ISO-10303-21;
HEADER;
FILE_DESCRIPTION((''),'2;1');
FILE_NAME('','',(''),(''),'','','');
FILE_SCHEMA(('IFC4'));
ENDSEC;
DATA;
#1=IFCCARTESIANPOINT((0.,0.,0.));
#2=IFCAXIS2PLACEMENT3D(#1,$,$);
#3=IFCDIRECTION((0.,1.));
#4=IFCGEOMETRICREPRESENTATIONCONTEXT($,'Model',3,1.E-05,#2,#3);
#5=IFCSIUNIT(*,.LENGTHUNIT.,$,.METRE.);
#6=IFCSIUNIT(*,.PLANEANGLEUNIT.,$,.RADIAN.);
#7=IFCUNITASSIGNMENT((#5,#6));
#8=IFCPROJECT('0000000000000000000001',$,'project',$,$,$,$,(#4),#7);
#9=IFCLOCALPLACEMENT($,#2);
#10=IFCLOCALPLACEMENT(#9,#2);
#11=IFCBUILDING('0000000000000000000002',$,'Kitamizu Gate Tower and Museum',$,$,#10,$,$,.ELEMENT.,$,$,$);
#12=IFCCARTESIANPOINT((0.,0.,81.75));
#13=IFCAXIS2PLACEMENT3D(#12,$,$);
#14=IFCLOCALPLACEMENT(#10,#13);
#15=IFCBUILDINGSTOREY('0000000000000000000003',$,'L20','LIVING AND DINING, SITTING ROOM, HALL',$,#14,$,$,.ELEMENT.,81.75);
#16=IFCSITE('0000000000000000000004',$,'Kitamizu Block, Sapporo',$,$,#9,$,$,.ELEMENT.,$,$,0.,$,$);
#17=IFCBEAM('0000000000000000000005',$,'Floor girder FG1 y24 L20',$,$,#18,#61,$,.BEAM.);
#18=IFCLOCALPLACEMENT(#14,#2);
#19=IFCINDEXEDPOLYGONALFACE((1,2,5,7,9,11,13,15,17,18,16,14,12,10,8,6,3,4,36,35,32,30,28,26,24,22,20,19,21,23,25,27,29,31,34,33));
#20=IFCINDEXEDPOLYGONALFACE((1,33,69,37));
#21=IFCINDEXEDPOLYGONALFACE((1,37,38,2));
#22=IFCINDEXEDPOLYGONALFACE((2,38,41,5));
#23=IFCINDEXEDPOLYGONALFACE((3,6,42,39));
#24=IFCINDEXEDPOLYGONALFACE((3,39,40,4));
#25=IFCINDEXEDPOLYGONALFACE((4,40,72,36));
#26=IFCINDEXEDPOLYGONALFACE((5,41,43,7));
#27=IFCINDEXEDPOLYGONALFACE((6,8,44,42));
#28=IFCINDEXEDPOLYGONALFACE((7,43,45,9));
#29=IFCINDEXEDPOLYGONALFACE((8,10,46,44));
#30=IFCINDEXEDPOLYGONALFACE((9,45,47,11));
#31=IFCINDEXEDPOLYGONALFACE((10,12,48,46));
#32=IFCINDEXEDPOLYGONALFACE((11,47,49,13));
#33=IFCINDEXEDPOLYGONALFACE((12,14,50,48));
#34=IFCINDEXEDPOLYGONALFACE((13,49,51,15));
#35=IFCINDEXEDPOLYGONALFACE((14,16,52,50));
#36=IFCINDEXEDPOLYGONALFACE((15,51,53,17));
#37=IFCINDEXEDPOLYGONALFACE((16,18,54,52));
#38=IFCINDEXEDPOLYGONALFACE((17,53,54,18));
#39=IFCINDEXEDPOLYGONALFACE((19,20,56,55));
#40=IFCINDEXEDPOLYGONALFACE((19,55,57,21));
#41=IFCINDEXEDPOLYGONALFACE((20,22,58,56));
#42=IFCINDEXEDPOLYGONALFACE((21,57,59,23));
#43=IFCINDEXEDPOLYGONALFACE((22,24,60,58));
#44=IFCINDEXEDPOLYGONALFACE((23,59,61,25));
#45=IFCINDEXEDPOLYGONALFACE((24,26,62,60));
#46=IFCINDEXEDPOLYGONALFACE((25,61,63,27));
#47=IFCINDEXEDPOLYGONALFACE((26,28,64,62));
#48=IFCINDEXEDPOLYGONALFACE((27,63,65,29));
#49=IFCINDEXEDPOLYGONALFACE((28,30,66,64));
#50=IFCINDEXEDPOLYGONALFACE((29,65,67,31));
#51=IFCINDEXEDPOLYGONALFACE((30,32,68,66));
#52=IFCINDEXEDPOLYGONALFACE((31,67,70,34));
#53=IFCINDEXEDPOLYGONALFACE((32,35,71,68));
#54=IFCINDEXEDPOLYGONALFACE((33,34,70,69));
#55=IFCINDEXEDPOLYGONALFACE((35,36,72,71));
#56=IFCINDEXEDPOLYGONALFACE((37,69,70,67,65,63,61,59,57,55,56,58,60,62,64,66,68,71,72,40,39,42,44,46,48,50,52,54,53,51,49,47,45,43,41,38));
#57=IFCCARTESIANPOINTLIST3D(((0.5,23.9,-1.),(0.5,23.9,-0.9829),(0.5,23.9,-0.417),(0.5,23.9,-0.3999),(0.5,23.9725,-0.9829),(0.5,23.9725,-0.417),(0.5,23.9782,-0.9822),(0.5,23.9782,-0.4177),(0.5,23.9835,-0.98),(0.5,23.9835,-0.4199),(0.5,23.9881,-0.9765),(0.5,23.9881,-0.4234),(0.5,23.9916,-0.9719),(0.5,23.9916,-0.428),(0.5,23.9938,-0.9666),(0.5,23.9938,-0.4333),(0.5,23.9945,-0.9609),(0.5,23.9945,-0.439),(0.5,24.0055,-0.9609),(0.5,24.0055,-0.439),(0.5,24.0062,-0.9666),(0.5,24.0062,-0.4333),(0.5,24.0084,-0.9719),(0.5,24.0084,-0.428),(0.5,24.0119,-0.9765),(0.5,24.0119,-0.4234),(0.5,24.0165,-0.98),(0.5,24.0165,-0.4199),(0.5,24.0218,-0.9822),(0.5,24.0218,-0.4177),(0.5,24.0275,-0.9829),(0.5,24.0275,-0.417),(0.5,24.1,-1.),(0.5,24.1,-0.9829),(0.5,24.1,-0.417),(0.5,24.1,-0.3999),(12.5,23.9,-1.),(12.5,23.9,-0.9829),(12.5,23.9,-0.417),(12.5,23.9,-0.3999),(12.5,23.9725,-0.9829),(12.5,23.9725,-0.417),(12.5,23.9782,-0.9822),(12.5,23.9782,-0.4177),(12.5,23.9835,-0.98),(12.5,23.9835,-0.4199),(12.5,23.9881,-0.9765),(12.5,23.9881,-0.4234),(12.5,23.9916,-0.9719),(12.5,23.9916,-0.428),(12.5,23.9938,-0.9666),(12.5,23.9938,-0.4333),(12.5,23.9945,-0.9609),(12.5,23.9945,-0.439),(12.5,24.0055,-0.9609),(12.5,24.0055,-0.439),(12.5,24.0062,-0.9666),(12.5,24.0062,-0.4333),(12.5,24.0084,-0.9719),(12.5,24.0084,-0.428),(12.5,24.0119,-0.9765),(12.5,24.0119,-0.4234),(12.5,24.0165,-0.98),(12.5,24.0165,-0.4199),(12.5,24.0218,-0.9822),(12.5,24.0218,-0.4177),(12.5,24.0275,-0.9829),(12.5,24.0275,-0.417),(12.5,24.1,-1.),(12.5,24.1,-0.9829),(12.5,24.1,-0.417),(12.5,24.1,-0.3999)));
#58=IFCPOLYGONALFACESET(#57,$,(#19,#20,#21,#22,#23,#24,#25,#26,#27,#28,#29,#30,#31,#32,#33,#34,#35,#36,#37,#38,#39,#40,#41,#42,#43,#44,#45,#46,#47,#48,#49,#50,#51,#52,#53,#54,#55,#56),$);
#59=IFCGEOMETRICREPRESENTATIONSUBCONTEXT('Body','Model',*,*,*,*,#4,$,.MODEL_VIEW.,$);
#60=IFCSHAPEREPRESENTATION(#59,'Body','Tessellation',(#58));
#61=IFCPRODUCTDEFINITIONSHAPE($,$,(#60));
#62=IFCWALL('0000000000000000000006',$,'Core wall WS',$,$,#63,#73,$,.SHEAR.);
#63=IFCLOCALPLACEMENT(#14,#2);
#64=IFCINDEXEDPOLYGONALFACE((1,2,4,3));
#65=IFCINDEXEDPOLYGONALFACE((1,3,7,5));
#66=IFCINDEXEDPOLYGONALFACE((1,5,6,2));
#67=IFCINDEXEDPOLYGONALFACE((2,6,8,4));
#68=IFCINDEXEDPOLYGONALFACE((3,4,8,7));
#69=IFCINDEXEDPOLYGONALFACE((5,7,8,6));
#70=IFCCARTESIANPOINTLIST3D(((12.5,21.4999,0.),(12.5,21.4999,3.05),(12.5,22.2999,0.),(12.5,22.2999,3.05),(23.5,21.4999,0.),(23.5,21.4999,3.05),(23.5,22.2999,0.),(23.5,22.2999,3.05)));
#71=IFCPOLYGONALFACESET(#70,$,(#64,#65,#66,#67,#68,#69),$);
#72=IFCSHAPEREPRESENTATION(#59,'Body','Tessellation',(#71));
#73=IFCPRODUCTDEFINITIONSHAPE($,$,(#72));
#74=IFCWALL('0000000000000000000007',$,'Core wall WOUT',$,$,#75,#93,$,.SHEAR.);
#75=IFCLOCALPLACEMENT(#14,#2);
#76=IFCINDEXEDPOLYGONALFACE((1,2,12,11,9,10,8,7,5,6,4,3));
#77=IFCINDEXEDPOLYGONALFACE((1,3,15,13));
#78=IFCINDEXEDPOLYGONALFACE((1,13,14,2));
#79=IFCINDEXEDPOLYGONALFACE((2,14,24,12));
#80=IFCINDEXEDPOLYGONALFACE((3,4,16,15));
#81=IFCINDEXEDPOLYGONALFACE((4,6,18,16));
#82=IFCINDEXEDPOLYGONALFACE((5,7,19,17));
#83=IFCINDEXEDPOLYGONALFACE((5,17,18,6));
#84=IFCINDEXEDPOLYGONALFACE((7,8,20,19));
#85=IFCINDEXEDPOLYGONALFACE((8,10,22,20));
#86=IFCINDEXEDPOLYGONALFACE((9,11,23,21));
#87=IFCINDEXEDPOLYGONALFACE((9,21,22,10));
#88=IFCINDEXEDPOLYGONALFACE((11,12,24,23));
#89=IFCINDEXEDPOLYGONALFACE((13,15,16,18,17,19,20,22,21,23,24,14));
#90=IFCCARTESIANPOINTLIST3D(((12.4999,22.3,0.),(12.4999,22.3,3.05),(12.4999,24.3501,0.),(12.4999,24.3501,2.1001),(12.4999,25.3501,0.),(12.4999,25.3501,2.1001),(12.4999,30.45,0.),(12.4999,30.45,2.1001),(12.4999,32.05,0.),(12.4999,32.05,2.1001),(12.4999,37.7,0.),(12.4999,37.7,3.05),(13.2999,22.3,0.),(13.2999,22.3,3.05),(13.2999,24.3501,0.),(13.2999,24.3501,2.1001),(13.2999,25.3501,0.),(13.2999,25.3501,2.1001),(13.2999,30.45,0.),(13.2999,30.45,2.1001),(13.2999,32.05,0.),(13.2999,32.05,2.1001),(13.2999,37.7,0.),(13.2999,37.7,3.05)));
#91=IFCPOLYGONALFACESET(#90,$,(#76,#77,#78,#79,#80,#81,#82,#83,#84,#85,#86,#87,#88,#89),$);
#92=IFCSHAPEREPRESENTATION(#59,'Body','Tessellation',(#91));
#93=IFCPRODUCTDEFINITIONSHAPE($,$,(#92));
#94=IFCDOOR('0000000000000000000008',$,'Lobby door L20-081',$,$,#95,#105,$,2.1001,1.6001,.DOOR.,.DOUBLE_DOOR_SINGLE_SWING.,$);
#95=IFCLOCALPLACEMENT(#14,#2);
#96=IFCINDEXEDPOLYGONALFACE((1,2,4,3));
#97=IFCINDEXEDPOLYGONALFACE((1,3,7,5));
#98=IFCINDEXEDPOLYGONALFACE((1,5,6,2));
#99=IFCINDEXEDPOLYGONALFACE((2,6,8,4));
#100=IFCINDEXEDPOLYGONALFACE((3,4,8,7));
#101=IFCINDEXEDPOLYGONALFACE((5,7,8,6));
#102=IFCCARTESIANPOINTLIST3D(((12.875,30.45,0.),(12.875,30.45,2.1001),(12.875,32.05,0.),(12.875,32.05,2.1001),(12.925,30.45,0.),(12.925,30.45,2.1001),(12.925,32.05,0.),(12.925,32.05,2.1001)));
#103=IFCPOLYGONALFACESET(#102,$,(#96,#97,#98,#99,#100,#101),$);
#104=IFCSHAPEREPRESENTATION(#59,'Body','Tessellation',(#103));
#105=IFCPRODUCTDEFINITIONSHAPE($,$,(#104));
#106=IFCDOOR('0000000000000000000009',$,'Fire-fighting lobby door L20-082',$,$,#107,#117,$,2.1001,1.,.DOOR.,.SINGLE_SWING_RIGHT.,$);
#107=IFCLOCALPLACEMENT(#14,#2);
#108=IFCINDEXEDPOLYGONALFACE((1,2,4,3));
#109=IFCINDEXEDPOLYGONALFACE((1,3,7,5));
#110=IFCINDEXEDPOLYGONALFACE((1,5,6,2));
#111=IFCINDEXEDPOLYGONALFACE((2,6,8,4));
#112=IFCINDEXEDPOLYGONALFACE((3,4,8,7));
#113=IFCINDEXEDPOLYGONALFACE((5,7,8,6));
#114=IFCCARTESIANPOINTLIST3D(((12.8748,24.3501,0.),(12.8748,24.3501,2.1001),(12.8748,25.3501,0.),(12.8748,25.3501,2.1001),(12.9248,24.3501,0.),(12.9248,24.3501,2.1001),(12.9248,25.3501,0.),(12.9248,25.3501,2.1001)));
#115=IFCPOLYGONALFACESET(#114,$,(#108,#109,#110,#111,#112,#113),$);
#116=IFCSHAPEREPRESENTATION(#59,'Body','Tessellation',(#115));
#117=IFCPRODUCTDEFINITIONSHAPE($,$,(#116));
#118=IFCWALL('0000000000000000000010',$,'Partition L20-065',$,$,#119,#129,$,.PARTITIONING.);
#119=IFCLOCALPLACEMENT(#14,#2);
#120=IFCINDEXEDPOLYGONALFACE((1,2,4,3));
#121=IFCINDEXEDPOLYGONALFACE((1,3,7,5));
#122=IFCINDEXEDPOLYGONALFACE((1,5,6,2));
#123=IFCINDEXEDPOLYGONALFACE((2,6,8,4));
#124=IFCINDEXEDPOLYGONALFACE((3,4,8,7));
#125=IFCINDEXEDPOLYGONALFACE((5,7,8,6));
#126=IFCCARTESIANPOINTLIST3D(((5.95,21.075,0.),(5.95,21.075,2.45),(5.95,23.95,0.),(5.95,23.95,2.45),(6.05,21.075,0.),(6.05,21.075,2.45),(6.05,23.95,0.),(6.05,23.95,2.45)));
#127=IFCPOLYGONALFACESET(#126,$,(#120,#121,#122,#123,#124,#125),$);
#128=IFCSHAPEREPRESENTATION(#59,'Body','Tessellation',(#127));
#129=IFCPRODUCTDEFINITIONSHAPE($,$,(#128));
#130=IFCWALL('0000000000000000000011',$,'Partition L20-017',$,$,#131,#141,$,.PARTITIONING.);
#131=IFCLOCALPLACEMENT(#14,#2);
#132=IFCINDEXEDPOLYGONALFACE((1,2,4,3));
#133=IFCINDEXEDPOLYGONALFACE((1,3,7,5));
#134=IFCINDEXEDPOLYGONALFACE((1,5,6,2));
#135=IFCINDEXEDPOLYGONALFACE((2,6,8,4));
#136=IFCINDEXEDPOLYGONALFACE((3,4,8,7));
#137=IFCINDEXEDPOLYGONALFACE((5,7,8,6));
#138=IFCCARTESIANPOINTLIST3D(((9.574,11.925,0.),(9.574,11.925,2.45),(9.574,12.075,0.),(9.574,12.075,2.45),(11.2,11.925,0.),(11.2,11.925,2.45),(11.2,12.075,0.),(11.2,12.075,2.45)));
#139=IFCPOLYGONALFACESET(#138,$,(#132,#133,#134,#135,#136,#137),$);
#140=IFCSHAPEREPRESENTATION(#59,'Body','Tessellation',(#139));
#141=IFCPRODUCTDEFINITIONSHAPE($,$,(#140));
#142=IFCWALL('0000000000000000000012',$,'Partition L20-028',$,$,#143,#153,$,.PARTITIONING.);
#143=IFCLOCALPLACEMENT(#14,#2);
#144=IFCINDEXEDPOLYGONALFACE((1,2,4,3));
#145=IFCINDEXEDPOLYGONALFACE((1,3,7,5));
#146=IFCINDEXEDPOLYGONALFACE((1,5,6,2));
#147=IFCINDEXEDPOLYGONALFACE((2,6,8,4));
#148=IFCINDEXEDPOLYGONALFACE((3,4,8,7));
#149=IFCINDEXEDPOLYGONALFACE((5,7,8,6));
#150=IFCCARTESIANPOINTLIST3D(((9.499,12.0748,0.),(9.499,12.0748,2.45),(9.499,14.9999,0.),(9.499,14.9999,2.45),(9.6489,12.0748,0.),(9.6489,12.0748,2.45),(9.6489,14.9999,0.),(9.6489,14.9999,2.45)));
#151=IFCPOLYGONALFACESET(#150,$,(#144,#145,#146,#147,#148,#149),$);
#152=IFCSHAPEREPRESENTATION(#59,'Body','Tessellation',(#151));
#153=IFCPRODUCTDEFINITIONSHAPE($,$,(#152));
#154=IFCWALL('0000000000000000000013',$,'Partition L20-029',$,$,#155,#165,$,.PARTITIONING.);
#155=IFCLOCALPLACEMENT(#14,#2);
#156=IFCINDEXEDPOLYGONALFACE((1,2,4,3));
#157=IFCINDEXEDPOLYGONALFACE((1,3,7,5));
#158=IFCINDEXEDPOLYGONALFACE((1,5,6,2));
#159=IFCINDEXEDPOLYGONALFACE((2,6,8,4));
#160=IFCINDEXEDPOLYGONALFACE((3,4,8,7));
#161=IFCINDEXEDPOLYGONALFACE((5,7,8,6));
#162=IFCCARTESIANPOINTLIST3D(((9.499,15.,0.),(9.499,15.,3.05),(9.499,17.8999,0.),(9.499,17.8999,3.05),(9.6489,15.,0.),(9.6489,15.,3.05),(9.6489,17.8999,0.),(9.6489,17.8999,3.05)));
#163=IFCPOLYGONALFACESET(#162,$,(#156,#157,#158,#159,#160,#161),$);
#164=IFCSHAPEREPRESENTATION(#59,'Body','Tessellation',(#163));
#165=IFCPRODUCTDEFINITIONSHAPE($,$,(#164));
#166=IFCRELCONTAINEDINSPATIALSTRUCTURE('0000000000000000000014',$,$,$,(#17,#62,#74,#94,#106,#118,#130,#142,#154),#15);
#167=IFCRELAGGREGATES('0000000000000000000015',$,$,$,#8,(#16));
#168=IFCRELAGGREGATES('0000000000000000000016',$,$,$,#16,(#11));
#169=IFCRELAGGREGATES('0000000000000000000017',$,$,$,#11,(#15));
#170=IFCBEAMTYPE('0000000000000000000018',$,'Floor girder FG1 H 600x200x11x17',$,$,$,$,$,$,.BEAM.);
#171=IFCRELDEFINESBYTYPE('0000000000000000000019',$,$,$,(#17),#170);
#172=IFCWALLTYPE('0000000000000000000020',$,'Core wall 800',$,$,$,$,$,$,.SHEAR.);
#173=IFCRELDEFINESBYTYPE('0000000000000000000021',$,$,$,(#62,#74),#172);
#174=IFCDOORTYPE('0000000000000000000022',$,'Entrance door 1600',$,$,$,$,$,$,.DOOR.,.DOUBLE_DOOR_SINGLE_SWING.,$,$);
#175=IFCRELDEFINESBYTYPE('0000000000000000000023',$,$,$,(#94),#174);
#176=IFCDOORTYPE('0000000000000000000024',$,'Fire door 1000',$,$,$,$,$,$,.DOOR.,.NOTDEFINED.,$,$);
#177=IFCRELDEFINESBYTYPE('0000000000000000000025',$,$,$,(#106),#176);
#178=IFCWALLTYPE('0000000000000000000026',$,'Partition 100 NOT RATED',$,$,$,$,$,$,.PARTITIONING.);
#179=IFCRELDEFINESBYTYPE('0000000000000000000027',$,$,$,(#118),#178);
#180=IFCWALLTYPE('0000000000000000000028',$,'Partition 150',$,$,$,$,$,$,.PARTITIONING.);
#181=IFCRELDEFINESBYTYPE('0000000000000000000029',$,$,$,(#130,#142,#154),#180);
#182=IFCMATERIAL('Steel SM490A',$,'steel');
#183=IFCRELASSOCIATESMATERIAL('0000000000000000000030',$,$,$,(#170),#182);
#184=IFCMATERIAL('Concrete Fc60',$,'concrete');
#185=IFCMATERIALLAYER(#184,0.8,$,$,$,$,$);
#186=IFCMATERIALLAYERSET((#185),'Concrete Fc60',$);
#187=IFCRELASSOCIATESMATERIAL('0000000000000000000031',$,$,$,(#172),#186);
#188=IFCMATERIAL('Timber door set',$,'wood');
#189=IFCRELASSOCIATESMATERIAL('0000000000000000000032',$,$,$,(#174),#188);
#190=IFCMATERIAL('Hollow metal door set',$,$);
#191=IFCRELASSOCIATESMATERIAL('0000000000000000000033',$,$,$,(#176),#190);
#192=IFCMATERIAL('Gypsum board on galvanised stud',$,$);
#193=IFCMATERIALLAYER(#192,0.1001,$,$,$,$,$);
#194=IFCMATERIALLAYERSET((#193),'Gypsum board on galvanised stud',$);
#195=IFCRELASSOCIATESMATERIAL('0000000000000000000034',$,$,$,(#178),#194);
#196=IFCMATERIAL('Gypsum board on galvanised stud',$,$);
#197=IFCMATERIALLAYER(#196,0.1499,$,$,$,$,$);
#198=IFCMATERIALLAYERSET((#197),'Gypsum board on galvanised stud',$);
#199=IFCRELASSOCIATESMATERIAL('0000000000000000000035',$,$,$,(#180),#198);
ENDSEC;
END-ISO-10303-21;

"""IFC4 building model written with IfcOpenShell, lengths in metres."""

from ifc_helpers import new_model, si_unit, direction, frame, frame_2d, origin, origin_2d, place, context, subcontext, project, spatial, rectangle, i_section, extrude, material, layer, layer_set, material_profile, profile_set, type_object, element, fill, save


model = new_model("IFC4")

# Units and contexts
model_context = context("Model", 3, precision=1e-05, world=origin(), true_north=direction((0.0, 1.0)))
body_context = subcontext(model_context, "Body", "Model", "MODEL_VIEW")
ifc_project = project(units=[si_unit("LENGTHUNIT", "METRE"), si_unit("PLANEANGLEUNIT", "RADIAN")], contexts=[model_context])

# Site, building, storey
site_placement = place(None, origin())
site = spatial("IfcSite", under=ifc_project, at=site_placement, Name="Kitamizu Block, Sapporo", CompositionType="ELEMENT", RefElevation=0.0)
building_placement = place(site_placement, origin())
building = spatial("IfcBuilding", under=site, at=building_placement, Name="Kitamizu Gate Tower and Museum", CompositionType="ELEMENT")
storey_placement = place(building_placement, frame((0.0, 0.0, 81.75)))
storey = spatial("IfcBuildingStorey", under=building, at=storey_placement, Name="L20", Description="LIVING AND DINING, SITTING ROOM, HALL", CompositionType="ELEMENT", Elevation=81.75)

# Beam
ifc_material_1 = material(Name="Steel SM490A", Category="steel")
ifc_material_profile_1 = material_profile(ifc_material_1, i_section(OverallWidth=0.2, OverallDepth=0.6001, WebThickness=0.011, FlangeThickness=0.0171, FilletRadius=0.022, at=origin_2d()), Name="H-600x200x11x17")
ifc_profile_set_1 = profile_set([ifc_material_profile_1], Name="Steel SM490A")
beam_type_1 = type_object("IfcBeamType", Name="Floor girder FG1 H 600x200x11x17", PredefinedType="BEAM", material=ifc_profile_set_1)
beam_1_placement = place(storey_placement, frame((0.5, 24.0, -0.7), z_axis=(1.0, 0.0, 0.0), x_axis=(0.0, 1.0, 0.0)))
element("IfcBeam", 1, at=beam_1_placement, inside=storey, type_object=beam_type_1, Name="Floor girder FG1 y24 L20", PredefinedType="BEAM", context=body_context, shape_type="SweptSolid", body=[
    extrude(i_section(OverallWidth=0.2, OverallDepth=0.6001, WebThickness=0.011, FlangeThickness=0.0171, FilletRadius=0.022, at=origin_2d()), origin(), (0.0, 0.0, 1.0), 12.0),
])

# Wall
ifc_material_2 = material(Name="Concrete Fc60", Category="concrete")
ifc_layer_1 = layer(ifc_material_2, 0.8)
ifc_layer_set_1 = layer_set([ifc_layer_1], Name="Concrete Fc60")
wall_type_1 = type_object("IfcWallType", Name="Core wall 800", PredefinedType="SHEAR", material=ifc_layer_set_1)
wall_1_placement = place(storey_placement, frame((12.5, 21.8999, 0.0), z_axis=(0.0, 0.0, 1.0), x_axis=(1.0, 0.0, 0.0)))
element("IfcWall", 2, at=wall_1_placement, inside=storey, type_object=wall_type_1, Name="Core wall WS", PredefinedType="SHEAR", context=body_context, shape_type="SweptSolid", body=[
    extrude(rectangle(XDim=11.0, YDim=0.8, at=frame_2d((5.5, 0.0))), origin(), (0.0, 0.0, 1.0), 3.05),
])

# Wall, openings, doors
wall_2_placement = place(storey_placement, frame((12.8999, 22.3, 0.0), z_axis=(0.0, 0.0, 1.0), x_axis=(0.0, 1.0, 0.0)))
wall_2 = element("IfcWall", 3, at=wall_2_placement, inside=storey, type_object=wall_type_1, Name="Core wall WOUT", PredefinedType="SHEAR", context=body_context, shape_type="SweptSolid", body=[
    extrude(rectangle(XDim=15.3999, YDim=0.8, at=frame_2d((7.7, 0.0))), origin(), (0.0, 0.0, 1.0), 3.05),
])
opening_1_placement = place(wall_2_placement, frame((8.1499, 0.0, 0.0)))
opening_1 = element("IfcOpeningElement", 4, at=opening_1_placement, cuts=wall_2, PredefinedType="OPENING", context=body_context, shape_type="SweptSolid", body=[
    extrude(rectangle(XDim=1.6001, YDim=2.1001, at=frame_2d((0.8, 1.05))), frame((0.0, 0.4102, 0.0), z_axis=(0.0, -1.0, 0.0), x_axis=(1.0, 0.0, 0.0)), (0.0, 0.0, 1.0), 0.8201),
])
opening_2_placement = place(wall_2_placement, frame((2.05, 0.0, 0.0)))
opening_2 = element("IfcOpeningElement", 5, at=opening_2_placement, cuts=wall_2, PredefinedType="OPENING", context=body_context, shape_type="SweptSolid", body=[
    extrude(rectangle(XDim=1.0, YDim=2.1001, at=frame_2d((0.5, 1.05))), frame((0.0, 0.4102, 0.0), z_axis=(0.0, -1.0, 0.0), x_axis=(1.0, 0.0, 0.0)), (0.0, 0.0, 1.0), 0.8201),
])
ifc_material_3 = material(Name="Timber door set", Category="wood")
door_type_1 = type_object("IfcDoorType", Name="Entrance door 1600", OperationType="DOUBLE_DOOR_SINGLE_SWING", PredefinedType="DOOR", material=ifc_material_3)
door_1_placement = place(opening_1_placement, origin())
door_1 = element("IfcDoor", 6, at=door_1_placement, inside=storey, type_object=door_type_1, Name="Lobby door L20-081", OperationType="DOUBLE_DOOR_SINGLE_SWING", OverallHeight=2.1001, OverallWidth=1.6001, PredefinedType="DOOR", context=body_context, shape_type="SweptSolid", body=[
    extrude(rectangle(XDim=1.6001, YDim=2.1001, at=frame_2d((0.8, 1.05))), frame((0.0, 0.0249, 0.0), z_axis=(0.0, -1.0, 0.0), x_axis=(1.0, 0.0, 0.0)), (0.0, 0.0, 1.0), 0.05),
])
fill(opening_1, door_1)
ifc_material_4 = material(Name="Hollow metal door set")
door_type_2 = type_object("IfcDoorType", Name="Fire door 1000", OperationType="NOTDEFINED", PredefinedType="DOOR", material=ifc_material_4)
door_2_placement = place(opening_2_placement, frame((1.0, 0.0, 0.0), x_axis=(-1.0, 0.0, 0.0)))
door_2 = element("IfcDoor", 7, at=door_2_placement, inside=storey, type_object=door_type_2, Name="Fire-fighting lobby door L20-082", OperationType="SINGLE_SWING_RIGHT", OverallHeight=2.1001, OverallWidth=1.0, PredefinedType="DOOR", context=body_context, shape_type="SweptSolid", body=[
    extrude(rectangle(XDim=1.0, YDim=2.1001, at=frame_2d((0.5, 1.05))), frame((0.0, 0.0249, 0.0), z_axis=(0.0, -1.0, 0.0), x_axis=(1.0, 0.0, 0.0)), (0.0, 0.0, 1.0), 0.05),
])
fill(opening_2, door_2)

# Walls
ifc_material_5 = material(Name="Gypsum board on galvanised stud")
ifc_layer_2 = layer(ifc_material_5, 0.1001)
ifc_layer_set_2 = layer_set([ifc_layer_2], Name="Gypsum board on galvanised stud")
wall_type_2 = type_object("IfcWallType", Name="Partition 100 NOT RATED", PredefinedType="PARTITIONING", material=ifc_layer_set_2)
wall_3_placement = place(storey_placement, frame((6.0, 21.075, 0.0), z_axis=(0.0, 0.0, 1.0), x_axis=(0.0, 1.0, 0.0)))
element("IfcWall", 8, at=wall_3_placement, inside=storey, type_object=wall_type_2, Name="Partition L20-065", PredefinedType="PARTITIONING", context=body_context, shape_type="SweptSolid", body=[
    extrude(rectangle(XDim=2.875, YDim=0.1001, at=frame_2d((1.4375, 0.0))), origin(), (0.0, 0.0, 1.0), 2.45),
])
ifc_material_6 = material(Name="Gypsum board on galvanised stud")
ifc_layer_3 = layer(ifc_material_6, 0.1499)
ifc_layer_set_3 = layer_set([ifc_layer_3], Name="Gypsum board on galvanised stud")
wall_type_3 = type_object("IfcWallType", Name="Partition 150", PredefinedType="PARTITIONING", material=ifc_layer_set_3)
wall_4_placement = place(storey_placement, frame((11.2, 12.0, 0.0), z_axis=(0.0, 0.0, 1.0), x_axis=(-1.0, 0.0, 0.0)))
element("IfcWall", 9, at=wall_4_placement, inside=storey, type_object=wall_type_3, Name="Partition L20-017", PredefinedType="PARTITIONING", context=body_context, shape_type="SweptSolid", body=[
    extrude(rectangle(XDim=1.626, YDim=0.1499, at=frame_2d((0.813, 0.0))), origin(), (0.0, 0.0, 1.0), 2.45),
])
wall_5_placement = place(storey_placement, frame((9.574, 12.075, 0.0), z_axis=(0.0, 0.0, 1.0), x_axis=(0.0, 1.0, 0.0)))
element("IfcWall", 10, at=wall_5_placement, inside=storey, type_object=wall_type_3, Name="Partition L20-028", PredefinedType="PARTITIONING", context=body_context, shape_type="SweptSolid", body=[
    extrude(rectangle(XDim=2.925, YDim=0.1499, at=frame_2d((1.4624, 0.0))), origin(), (0.0, 0.0, 1.0), 2.45),
])
wall_6_placement = place(storey_placement, frame((9.574, 15.0, 0.0), z_axis=(0.0, 0.0, 1.0), x_axis=(0.0, 1.0, 0.0)))
element("IfcWall", 11, at=wall_6_placement, inside=storey, type_object=wall_type_3, Name="Partition L20-029", PredefinedType="PARTITIONING", context=body_context, shape_type="SweptSolid", body=[
    extrude(rectangle(XDim=2.8999, YDim=0.1499, at=frame_2d((1.45, 0.0))), origin(), (0.0, 0.0, 1.0), 3.05),
])

save(model, "model.ifc")
